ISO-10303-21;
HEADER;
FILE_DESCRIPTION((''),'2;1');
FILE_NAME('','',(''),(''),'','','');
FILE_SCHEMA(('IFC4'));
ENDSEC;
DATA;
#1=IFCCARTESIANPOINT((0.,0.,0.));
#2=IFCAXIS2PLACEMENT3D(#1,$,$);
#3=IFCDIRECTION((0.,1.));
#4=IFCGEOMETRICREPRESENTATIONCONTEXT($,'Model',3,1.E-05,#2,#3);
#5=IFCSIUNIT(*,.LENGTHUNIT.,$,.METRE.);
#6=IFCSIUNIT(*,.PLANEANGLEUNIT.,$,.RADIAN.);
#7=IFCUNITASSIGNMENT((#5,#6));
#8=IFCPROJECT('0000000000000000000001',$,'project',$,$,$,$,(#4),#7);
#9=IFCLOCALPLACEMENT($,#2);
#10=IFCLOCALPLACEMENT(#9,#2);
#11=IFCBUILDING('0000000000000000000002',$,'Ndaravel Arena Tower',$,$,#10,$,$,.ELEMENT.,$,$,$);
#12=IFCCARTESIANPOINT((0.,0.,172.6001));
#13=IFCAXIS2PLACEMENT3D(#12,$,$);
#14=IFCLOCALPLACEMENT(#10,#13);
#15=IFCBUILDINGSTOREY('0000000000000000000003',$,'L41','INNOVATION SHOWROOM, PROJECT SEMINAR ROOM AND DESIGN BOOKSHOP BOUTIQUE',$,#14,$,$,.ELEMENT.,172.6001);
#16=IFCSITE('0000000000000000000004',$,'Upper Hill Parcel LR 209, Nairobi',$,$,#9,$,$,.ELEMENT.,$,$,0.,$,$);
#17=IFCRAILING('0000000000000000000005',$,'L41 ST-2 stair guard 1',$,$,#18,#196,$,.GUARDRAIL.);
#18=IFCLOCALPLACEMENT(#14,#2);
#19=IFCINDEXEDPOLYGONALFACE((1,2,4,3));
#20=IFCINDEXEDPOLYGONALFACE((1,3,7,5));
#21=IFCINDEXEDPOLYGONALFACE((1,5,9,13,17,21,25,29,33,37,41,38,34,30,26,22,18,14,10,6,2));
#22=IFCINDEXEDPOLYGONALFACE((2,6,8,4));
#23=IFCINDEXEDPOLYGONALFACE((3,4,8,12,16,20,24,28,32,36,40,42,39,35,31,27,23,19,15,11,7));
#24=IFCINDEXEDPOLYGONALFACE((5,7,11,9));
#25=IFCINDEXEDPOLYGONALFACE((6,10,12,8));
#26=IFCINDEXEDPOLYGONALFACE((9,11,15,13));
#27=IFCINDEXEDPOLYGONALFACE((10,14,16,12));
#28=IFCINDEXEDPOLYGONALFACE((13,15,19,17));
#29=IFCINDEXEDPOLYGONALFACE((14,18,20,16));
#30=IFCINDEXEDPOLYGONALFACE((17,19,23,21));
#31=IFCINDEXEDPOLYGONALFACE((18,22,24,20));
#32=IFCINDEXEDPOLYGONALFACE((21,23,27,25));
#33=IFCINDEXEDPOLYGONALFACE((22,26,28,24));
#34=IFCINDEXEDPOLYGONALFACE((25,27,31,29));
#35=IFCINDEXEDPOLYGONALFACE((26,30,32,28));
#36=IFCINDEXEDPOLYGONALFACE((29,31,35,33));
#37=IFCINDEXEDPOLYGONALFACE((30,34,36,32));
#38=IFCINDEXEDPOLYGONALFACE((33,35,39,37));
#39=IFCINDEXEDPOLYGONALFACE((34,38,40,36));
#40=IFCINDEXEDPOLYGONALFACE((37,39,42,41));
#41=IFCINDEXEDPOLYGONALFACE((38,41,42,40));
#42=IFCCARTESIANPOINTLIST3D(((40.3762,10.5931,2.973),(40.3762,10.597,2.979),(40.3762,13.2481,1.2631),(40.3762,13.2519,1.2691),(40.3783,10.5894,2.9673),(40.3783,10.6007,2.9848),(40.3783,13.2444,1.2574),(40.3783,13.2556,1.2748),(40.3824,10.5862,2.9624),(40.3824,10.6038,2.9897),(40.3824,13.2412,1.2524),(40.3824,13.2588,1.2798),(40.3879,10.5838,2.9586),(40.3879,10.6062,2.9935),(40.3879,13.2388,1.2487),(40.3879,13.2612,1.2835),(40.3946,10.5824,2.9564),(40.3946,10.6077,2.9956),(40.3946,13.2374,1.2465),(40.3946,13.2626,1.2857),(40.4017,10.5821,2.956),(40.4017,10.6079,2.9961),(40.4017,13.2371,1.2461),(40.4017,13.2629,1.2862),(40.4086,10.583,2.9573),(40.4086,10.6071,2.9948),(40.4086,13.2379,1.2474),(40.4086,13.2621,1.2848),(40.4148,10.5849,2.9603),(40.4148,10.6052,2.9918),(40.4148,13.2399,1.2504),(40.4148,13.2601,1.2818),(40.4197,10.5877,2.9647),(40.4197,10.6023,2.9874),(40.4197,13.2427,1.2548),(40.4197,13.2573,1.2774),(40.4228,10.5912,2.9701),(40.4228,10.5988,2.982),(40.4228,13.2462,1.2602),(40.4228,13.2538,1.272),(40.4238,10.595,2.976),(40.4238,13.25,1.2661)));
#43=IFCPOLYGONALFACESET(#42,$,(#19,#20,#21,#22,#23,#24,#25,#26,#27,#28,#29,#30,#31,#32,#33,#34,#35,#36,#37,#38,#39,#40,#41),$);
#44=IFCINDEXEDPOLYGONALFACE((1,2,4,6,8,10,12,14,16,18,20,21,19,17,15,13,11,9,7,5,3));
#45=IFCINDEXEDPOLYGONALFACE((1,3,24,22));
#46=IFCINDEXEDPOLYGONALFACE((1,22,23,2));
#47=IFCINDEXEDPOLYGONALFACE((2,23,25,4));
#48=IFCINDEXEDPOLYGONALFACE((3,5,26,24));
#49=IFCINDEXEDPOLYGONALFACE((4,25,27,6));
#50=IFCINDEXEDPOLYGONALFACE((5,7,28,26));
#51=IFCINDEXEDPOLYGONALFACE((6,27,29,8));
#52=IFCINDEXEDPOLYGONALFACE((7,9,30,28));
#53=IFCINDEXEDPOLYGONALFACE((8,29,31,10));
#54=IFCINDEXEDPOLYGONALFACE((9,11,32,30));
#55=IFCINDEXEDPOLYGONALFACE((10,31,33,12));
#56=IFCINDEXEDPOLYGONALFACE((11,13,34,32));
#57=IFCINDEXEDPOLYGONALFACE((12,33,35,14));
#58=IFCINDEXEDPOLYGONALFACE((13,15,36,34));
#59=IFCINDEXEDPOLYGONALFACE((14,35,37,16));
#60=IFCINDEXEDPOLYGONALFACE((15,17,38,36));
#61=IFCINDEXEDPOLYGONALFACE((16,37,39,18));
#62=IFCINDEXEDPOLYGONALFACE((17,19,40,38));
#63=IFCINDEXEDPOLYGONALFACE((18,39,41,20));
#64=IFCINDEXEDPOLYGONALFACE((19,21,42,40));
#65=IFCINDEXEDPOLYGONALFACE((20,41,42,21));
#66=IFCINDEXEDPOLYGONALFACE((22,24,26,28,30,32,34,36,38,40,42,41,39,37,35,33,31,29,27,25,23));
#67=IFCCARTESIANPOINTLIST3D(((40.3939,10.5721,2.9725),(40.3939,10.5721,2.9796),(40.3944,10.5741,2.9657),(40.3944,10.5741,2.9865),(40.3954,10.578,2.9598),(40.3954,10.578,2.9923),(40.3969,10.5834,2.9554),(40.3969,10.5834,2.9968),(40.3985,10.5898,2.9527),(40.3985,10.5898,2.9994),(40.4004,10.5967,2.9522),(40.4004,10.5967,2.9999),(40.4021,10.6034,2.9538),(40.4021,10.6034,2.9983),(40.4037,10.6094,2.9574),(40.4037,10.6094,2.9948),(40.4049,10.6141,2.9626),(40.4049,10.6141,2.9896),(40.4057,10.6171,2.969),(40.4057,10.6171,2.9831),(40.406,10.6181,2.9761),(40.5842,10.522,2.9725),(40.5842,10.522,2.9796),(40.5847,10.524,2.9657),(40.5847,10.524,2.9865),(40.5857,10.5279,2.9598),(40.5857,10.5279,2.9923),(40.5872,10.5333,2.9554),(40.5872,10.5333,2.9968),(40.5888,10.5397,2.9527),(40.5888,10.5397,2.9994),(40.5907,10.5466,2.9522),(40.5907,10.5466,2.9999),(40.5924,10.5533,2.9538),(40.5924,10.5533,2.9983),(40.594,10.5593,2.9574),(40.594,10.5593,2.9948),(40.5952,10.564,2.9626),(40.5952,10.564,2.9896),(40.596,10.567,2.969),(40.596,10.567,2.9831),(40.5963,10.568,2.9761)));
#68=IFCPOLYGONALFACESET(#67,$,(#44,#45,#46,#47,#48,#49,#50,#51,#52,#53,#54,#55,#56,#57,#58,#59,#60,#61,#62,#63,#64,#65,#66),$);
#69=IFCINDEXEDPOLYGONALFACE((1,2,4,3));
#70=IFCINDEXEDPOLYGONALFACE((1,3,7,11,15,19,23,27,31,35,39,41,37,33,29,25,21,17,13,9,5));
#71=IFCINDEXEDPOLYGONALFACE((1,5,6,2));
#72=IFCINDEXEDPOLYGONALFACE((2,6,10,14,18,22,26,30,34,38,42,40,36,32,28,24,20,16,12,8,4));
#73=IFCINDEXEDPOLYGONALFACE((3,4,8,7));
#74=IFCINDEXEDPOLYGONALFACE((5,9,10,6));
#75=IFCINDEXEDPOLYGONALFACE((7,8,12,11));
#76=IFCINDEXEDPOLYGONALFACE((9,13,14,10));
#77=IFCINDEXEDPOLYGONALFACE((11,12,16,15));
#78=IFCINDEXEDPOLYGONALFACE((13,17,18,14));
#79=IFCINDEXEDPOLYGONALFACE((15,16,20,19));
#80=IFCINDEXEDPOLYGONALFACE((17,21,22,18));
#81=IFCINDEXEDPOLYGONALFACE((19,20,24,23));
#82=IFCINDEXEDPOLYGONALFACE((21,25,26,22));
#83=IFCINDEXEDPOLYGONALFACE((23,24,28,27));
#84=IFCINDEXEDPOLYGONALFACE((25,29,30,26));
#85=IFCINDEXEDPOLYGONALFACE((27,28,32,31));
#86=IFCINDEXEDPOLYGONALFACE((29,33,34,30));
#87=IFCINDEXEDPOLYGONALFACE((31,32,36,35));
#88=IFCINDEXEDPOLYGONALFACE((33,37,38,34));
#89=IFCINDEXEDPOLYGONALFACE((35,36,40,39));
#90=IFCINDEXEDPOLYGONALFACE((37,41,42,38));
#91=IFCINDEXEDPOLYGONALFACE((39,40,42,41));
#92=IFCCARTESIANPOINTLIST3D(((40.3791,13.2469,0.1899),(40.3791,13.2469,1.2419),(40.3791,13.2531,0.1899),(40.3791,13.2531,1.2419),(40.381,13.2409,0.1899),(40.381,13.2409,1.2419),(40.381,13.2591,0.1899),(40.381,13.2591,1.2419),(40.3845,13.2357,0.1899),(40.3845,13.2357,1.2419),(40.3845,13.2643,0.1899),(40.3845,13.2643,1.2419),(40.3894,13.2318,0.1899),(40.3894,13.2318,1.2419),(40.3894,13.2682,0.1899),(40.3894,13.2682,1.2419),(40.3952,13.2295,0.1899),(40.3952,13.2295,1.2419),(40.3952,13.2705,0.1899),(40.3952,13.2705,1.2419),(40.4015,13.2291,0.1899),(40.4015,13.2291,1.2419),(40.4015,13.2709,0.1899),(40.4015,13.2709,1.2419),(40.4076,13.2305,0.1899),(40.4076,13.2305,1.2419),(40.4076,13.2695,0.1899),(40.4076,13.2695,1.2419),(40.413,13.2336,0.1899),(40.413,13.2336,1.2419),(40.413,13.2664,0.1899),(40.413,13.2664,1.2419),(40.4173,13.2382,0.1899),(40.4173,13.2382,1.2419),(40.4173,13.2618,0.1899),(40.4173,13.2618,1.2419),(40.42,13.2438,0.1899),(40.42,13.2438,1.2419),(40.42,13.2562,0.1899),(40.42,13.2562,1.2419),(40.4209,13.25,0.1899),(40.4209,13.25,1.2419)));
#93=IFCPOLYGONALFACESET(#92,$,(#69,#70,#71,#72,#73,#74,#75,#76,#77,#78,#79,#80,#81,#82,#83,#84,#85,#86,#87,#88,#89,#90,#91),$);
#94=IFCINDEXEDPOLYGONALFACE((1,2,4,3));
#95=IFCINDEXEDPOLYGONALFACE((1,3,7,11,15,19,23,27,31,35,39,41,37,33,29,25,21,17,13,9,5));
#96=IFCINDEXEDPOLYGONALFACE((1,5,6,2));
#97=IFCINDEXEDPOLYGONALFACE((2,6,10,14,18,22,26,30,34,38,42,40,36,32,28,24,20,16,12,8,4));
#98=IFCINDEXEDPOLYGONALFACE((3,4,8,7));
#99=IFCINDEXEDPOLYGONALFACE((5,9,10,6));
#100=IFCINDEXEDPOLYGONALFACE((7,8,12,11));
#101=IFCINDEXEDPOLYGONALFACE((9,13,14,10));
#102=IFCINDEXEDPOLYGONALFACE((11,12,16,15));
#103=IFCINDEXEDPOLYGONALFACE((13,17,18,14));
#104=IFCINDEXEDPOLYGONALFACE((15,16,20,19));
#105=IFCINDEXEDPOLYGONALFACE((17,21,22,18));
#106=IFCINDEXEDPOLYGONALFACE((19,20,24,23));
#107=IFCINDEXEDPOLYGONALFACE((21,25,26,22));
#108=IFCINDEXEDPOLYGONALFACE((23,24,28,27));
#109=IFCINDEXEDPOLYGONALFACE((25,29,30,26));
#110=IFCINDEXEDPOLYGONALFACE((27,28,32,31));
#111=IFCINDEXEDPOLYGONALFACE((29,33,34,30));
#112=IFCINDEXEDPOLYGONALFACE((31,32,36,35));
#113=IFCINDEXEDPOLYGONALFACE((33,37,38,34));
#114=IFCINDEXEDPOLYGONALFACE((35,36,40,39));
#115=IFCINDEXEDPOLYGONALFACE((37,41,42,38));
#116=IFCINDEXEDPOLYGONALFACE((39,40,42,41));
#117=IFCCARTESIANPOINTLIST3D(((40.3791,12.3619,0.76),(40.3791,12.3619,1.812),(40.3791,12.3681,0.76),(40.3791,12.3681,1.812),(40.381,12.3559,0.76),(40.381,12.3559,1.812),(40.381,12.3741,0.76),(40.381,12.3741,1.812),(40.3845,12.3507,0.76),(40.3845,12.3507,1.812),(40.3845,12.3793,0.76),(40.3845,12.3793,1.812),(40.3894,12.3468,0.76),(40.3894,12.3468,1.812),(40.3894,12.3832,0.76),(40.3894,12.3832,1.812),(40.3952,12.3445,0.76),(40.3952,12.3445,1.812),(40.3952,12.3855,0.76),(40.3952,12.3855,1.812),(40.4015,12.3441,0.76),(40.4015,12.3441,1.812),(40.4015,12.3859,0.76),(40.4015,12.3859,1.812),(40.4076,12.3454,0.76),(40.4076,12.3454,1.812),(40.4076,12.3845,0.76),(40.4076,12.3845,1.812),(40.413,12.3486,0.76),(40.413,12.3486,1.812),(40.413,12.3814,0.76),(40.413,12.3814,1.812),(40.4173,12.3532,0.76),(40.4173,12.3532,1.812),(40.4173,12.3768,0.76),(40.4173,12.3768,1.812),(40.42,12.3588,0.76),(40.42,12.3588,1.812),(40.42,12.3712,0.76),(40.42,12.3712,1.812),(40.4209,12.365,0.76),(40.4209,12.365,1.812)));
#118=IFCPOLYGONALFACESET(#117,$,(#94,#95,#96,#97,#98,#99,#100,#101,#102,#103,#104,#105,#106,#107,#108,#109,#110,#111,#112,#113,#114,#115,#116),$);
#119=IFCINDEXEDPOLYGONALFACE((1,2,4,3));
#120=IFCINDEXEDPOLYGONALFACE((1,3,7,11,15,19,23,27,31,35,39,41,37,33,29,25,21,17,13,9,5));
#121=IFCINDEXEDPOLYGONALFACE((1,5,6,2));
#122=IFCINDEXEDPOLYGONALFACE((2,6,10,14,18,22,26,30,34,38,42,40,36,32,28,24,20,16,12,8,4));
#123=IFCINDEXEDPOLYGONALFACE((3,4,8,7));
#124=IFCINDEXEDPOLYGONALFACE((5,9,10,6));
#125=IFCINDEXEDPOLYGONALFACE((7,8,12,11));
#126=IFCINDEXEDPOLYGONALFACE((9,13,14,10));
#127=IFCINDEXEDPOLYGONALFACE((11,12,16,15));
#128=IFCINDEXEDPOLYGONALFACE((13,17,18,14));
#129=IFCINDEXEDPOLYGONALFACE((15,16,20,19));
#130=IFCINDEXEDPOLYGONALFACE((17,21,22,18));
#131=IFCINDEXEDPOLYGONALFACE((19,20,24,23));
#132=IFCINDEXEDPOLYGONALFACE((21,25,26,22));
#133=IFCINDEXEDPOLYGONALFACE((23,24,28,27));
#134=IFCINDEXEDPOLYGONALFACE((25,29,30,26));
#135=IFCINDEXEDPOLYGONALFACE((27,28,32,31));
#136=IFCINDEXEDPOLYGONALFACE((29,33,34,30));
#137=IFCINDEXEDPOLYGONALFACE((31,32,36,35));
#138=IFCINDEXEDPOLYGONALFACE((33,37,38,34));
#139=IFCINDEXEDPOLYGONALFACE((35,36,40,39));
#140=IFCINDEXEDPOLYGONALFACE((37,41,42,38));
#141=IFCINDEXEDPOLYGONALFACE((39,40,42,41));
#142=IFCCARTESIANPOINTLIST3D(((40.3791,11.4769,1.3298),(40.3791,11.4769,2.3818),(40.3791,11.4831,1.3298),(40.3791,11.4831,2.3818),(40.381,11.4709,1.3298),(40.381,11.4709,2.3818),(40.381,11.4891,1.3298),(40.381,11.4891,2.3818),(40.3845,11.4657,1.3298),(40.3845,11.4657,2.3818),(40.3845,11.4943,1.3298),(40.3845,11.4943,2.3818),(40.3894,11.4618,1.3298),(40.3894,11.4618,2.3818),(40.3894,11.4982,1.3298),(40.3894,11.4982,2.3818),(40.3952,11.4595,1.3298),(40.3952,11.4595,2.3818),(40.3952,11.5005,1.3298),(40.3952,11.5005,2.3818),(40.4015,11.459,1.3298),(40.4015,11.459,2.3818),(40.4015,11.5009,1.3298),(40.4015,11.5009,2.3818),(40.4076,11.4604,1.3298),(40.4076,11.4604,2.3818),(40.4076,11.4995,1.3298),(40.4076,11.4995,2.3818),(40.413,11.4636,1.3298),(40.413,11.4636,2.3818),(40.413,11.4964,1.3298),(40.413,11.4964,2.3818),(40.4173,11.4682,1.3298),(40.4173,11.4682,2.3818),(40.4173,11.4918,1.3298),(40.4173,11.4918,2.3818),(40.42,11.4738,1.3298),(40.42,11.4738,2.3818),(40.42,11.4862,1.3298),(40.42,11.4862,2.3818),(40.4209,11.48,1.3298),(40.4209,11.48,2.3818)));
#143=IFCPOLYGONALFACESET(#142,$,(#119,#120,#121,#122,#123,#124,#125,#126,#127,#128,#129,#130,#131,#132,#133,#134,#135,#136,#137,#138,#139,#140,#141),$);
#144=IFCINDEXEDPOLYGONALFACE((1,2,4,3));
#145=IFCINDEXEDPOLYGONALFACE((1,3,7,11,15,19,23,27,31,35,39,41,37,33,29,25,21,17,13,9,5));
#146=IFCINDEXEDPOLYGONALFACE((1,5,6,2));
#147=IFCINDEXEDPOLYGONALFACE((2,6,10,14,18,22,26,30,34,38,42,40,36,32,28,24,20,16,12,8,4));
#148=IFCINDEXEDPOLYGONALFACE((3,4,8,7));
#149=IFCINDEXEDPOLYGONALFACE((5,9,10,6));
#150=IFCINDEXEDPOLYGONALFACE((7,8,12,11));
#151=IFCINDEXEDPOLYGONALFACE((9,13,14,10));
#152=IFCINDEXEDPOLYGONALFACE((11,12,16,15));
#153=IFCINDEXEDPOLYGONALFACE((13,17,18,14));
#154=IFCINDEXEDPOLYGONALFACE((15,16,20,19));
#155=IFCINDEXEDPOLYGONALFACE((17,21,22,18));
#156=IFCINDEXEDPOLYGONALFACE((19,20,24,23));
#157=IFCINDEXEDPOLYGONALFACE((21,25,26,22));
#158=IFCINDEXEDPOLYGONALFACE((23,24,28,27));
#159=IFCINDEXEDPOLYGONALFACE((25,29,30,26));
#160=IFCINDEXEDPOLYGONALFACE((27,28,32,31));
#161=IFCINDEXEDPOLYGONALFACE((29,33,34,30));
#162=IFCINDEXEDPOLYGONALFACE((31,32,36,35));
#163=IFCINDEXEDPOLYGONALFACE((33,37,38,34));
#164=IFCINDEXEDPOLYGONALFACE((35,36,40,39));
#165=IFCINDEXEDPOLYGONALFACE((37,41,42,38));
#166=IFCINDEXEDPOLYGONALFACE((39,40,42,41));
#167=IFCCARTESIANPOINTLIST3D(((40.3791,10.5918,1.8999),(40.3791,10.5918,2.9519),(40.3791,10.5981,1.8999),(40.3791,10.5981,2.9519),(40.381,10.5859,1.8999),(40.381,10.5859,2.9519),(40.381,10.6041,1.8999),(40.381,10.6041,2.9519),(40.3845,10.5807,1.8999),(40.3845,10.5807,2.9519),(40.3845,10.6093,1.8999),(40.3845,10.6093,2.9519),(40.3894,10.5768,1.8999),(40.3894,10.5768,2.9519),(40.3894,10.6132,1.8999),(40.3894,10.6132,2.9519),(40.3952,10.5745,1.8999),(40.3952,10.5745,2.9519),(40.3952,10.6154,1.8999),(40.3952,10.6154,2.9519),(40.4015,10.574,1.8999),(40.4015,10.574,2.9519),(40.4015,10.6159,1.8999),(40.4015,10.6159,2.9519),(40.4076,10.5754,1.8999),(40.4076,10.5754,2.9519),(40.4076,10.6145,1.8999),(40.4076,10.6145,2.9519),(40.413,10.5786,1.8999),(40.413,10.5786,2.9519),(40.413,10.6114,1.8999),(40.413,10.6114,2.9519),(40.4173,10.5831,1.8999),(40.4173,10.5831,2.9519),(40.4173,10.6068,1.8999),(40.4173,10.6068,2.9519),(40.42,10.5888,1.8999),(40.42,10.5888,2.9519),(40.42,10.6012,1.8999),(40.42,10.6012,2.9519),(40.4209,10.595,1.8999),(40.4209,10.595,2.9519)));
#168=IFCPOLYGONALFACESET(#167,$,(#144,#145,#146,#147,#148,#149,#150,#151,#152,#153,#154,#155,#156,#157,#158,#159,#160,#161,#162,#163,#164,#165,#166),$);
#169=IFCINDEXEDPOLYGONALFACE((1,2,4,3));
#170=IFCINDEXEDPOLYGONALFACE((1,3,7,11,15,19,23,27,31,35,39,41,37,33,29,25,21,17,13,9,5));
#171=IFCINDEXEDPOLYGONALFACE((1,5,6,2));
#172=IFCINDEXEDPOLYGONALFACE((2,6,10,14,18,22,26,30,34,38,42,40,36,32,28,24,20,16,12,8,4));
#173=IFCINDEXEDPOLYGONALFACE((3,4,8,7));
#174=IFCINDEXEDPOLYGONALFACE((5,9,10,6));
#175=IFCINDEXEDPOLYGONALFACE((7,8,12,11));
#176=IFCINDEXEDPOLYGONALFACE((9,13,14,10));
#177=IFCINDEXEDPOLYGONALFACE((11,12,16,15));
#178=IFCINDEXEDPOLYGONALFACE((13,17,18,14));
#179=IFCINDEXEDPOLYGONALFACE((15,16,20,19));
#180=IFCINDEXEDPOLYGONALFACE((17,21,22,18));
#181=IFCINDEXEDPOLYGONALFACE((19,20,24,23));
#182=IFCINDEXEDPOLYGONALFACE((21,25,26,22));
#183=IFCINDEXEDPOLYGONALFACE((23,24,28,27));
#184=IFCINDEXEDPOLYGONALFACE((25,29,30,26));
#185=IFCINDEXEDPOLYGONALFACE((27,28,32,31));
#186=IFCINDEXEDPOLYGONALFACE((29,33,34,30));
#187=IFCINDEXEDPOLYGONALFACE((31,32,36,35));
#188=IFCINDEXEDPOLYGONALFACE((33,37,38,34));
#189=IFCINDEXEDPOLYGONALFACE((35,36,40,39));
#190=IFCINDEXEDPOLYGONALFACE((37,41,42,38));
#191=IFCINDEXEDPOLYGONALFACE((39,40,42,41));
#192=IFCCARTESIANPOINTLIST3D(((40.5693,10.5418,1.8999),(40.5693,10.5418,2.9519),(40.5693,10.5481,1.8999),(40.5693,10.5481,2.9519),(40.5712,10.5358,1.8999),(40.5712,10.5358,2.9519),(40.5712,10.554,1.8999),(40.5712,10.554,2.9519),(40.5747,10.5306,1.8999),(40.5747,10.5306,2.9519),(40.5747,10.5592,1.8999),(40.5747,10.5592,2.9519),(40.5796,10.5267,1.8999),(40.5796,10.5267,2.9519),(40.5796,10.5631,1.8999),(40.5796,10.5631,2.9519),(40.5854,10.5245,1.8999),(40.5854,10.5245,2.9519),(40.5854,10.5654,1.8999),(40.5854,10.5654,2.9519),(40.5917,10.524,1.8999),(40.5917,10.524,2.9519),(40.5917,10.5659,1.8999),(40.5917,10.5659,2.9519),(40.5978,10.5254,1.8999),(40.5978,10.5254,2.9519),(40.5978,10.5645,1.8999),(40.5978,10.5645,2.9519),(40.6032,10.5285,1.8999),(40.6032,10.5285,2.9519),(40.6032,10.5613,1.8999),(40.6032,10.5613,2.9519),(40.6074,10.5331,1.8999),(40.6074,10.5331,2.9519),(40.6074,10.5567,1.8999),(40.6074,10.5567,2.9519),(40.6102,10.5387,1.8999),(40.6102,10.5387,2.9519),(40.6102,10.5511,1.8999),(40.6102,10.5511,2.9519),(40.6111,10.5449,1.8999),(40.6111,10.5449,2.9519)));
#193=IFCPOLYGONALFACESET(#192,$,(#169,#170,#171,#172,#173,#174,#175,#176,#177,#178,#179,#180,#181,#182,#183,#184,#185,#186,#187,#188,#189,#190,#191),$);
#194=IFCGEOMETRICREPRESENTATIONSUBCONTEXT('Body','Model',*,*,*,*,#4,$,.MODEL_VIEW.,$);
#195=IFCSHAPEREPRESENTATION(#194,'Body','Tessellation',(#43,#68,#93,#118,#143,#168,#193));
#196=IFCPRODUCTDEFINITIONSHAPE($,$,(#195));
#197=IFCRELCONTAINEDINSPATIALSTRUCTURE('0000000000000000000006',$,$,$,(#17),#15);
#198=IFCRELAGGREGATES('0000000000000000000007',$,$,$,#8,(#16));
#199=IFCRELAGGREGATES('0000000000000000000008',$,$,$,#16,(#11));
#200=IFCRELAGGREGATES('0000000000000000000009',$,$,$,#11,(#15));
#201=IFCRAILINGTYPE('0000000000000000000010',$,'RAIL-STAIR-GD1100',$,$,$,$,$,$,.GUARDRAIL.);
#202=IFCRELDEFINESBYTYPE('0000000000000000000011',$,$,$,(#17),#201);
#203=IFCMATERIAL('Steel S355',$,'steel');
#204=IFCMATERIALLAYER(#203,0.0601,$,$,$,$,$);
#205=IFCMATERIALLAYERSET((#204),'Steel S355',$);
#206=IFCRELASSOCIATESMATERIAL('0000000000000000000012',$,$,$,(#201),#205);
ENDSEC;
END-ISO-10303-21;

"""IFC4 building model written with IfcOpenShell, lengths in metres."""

from ifc_helpers import new_model, si_unit, direction, frame, origin, origin_2d, place, context, subcontext, project, spatial, circle, extrude, material, layer, layer_set, type_object, element, save


model = new_model("IFC4")

# Units and contexts
model_context = context("Model", 3, precision=1e-05, world=origin(), true_north=direction((0.0, 1.0)))
body_context = subcontext(model_context, "Body", "Model", "MODEL_VIEW")
ifc_project = project(units=[si_unit("LENGTHUNIT", "METRE"), si_unit("PLANEANGLEUNIT", "RADIAN")], contexts=[model_context])

# Site, building, storey
site_placement = place(None, origin())
site = spatial("IfcSite", under=ifc_project, at=site_placement, Name="Upper Hill Parcel LR 209, Nairobi", CompositionType="ELEMENT", RefElevation=0.0)
building_placement = place(site_placement, origin())
building = spatial("IfcBuilding", under=site, at=building_placement, Name="Ndaravel Arena Tower", CompositionType="ELEMENT")
storey_placement = place(building_placement, frame((0.0, 0.0, 172.6001)))
storey = spatial("IfcBuildingStorey", under=building, at=storey_placement, Name="L41", Description="INNOVATION SHOWROOM, PROJECT SEMINAR ROOM AND DESIGN BOOKSHOP BOUTIQUE", CompositionType="ELEMENT", Elevation=172.6001)

# Railing
ifc_material_1 = material(Name="Steel S355", Category="steel")
ifc_layer_1 = layer(ifc_material_1, 0.0601)
ifc_layer_set_1 = layer_set([ifc_layer_1], Name="Steel S355")
railing_type_1 = type_object("IfcRailingType", Name="RAIL-STAIR-GD1100", PredefinedType="GUARDRAIL", material=ifc_layer_set_1)
railing_1_placement = place(storey_placement, frame((40.3999, 13.25, 0.1899)))
element("IfcRailing", 1, at=railing_1_placement, inside=storey, type_object=railing_type_1, Name="L41 ST-2 stair guard 1", PredefinedType="GUARDRAIL", context=body_context, shape_type="SweptSolid", body=[
    extrude(circle(Radius=0.0239, at=origin_2d()), frame((0.0, 0.0, 1.0762), z_axis=(0.0, -0.840724, 0.541465), x_axis=(1.0, 0.0, 0.0)), (0.0, 0.0, 1.0), 3.158),
    extrude(circle(Radius=0.0239, at=origin_2d()), frame((0.0, -2.655, 2.7861), z_axis=(0.967075, -0.254493, 0.0), x_axis=(0.254493, 0.967075, 0.0)), (0.0, 0.0, 1.0), 0.1968),
    extrude(circle(Radius=0.021, at=origin_2d()), origin(), (0.0, 0.0, 1.0), 1.052),
    extrude(circle(Radius=0.021, at=origin_2d()), frame((0.0, -0.885, 0.5701)), (0.0, 0.0, 1.0), 1.052),
    extrude(circle(Radius=0.021, at=origin_2d()), frame((0.0, -1.77, 1.1399)), (0.0, 0.0, 1.0), 1.052),
    extrude(circle(Radius=0.021, at=origin_2d()), frame((0.0, -2.655, 1.71)), (0.0, 0.0, 1.0), 1.052),
    extrude(circle(Radius=0.021, at=origin_2d()), frame((0.1902, -2.7051, 1.71)), (0.0, 0.0, 1.0), 1.052),
])

save(model, "model.ifc")
